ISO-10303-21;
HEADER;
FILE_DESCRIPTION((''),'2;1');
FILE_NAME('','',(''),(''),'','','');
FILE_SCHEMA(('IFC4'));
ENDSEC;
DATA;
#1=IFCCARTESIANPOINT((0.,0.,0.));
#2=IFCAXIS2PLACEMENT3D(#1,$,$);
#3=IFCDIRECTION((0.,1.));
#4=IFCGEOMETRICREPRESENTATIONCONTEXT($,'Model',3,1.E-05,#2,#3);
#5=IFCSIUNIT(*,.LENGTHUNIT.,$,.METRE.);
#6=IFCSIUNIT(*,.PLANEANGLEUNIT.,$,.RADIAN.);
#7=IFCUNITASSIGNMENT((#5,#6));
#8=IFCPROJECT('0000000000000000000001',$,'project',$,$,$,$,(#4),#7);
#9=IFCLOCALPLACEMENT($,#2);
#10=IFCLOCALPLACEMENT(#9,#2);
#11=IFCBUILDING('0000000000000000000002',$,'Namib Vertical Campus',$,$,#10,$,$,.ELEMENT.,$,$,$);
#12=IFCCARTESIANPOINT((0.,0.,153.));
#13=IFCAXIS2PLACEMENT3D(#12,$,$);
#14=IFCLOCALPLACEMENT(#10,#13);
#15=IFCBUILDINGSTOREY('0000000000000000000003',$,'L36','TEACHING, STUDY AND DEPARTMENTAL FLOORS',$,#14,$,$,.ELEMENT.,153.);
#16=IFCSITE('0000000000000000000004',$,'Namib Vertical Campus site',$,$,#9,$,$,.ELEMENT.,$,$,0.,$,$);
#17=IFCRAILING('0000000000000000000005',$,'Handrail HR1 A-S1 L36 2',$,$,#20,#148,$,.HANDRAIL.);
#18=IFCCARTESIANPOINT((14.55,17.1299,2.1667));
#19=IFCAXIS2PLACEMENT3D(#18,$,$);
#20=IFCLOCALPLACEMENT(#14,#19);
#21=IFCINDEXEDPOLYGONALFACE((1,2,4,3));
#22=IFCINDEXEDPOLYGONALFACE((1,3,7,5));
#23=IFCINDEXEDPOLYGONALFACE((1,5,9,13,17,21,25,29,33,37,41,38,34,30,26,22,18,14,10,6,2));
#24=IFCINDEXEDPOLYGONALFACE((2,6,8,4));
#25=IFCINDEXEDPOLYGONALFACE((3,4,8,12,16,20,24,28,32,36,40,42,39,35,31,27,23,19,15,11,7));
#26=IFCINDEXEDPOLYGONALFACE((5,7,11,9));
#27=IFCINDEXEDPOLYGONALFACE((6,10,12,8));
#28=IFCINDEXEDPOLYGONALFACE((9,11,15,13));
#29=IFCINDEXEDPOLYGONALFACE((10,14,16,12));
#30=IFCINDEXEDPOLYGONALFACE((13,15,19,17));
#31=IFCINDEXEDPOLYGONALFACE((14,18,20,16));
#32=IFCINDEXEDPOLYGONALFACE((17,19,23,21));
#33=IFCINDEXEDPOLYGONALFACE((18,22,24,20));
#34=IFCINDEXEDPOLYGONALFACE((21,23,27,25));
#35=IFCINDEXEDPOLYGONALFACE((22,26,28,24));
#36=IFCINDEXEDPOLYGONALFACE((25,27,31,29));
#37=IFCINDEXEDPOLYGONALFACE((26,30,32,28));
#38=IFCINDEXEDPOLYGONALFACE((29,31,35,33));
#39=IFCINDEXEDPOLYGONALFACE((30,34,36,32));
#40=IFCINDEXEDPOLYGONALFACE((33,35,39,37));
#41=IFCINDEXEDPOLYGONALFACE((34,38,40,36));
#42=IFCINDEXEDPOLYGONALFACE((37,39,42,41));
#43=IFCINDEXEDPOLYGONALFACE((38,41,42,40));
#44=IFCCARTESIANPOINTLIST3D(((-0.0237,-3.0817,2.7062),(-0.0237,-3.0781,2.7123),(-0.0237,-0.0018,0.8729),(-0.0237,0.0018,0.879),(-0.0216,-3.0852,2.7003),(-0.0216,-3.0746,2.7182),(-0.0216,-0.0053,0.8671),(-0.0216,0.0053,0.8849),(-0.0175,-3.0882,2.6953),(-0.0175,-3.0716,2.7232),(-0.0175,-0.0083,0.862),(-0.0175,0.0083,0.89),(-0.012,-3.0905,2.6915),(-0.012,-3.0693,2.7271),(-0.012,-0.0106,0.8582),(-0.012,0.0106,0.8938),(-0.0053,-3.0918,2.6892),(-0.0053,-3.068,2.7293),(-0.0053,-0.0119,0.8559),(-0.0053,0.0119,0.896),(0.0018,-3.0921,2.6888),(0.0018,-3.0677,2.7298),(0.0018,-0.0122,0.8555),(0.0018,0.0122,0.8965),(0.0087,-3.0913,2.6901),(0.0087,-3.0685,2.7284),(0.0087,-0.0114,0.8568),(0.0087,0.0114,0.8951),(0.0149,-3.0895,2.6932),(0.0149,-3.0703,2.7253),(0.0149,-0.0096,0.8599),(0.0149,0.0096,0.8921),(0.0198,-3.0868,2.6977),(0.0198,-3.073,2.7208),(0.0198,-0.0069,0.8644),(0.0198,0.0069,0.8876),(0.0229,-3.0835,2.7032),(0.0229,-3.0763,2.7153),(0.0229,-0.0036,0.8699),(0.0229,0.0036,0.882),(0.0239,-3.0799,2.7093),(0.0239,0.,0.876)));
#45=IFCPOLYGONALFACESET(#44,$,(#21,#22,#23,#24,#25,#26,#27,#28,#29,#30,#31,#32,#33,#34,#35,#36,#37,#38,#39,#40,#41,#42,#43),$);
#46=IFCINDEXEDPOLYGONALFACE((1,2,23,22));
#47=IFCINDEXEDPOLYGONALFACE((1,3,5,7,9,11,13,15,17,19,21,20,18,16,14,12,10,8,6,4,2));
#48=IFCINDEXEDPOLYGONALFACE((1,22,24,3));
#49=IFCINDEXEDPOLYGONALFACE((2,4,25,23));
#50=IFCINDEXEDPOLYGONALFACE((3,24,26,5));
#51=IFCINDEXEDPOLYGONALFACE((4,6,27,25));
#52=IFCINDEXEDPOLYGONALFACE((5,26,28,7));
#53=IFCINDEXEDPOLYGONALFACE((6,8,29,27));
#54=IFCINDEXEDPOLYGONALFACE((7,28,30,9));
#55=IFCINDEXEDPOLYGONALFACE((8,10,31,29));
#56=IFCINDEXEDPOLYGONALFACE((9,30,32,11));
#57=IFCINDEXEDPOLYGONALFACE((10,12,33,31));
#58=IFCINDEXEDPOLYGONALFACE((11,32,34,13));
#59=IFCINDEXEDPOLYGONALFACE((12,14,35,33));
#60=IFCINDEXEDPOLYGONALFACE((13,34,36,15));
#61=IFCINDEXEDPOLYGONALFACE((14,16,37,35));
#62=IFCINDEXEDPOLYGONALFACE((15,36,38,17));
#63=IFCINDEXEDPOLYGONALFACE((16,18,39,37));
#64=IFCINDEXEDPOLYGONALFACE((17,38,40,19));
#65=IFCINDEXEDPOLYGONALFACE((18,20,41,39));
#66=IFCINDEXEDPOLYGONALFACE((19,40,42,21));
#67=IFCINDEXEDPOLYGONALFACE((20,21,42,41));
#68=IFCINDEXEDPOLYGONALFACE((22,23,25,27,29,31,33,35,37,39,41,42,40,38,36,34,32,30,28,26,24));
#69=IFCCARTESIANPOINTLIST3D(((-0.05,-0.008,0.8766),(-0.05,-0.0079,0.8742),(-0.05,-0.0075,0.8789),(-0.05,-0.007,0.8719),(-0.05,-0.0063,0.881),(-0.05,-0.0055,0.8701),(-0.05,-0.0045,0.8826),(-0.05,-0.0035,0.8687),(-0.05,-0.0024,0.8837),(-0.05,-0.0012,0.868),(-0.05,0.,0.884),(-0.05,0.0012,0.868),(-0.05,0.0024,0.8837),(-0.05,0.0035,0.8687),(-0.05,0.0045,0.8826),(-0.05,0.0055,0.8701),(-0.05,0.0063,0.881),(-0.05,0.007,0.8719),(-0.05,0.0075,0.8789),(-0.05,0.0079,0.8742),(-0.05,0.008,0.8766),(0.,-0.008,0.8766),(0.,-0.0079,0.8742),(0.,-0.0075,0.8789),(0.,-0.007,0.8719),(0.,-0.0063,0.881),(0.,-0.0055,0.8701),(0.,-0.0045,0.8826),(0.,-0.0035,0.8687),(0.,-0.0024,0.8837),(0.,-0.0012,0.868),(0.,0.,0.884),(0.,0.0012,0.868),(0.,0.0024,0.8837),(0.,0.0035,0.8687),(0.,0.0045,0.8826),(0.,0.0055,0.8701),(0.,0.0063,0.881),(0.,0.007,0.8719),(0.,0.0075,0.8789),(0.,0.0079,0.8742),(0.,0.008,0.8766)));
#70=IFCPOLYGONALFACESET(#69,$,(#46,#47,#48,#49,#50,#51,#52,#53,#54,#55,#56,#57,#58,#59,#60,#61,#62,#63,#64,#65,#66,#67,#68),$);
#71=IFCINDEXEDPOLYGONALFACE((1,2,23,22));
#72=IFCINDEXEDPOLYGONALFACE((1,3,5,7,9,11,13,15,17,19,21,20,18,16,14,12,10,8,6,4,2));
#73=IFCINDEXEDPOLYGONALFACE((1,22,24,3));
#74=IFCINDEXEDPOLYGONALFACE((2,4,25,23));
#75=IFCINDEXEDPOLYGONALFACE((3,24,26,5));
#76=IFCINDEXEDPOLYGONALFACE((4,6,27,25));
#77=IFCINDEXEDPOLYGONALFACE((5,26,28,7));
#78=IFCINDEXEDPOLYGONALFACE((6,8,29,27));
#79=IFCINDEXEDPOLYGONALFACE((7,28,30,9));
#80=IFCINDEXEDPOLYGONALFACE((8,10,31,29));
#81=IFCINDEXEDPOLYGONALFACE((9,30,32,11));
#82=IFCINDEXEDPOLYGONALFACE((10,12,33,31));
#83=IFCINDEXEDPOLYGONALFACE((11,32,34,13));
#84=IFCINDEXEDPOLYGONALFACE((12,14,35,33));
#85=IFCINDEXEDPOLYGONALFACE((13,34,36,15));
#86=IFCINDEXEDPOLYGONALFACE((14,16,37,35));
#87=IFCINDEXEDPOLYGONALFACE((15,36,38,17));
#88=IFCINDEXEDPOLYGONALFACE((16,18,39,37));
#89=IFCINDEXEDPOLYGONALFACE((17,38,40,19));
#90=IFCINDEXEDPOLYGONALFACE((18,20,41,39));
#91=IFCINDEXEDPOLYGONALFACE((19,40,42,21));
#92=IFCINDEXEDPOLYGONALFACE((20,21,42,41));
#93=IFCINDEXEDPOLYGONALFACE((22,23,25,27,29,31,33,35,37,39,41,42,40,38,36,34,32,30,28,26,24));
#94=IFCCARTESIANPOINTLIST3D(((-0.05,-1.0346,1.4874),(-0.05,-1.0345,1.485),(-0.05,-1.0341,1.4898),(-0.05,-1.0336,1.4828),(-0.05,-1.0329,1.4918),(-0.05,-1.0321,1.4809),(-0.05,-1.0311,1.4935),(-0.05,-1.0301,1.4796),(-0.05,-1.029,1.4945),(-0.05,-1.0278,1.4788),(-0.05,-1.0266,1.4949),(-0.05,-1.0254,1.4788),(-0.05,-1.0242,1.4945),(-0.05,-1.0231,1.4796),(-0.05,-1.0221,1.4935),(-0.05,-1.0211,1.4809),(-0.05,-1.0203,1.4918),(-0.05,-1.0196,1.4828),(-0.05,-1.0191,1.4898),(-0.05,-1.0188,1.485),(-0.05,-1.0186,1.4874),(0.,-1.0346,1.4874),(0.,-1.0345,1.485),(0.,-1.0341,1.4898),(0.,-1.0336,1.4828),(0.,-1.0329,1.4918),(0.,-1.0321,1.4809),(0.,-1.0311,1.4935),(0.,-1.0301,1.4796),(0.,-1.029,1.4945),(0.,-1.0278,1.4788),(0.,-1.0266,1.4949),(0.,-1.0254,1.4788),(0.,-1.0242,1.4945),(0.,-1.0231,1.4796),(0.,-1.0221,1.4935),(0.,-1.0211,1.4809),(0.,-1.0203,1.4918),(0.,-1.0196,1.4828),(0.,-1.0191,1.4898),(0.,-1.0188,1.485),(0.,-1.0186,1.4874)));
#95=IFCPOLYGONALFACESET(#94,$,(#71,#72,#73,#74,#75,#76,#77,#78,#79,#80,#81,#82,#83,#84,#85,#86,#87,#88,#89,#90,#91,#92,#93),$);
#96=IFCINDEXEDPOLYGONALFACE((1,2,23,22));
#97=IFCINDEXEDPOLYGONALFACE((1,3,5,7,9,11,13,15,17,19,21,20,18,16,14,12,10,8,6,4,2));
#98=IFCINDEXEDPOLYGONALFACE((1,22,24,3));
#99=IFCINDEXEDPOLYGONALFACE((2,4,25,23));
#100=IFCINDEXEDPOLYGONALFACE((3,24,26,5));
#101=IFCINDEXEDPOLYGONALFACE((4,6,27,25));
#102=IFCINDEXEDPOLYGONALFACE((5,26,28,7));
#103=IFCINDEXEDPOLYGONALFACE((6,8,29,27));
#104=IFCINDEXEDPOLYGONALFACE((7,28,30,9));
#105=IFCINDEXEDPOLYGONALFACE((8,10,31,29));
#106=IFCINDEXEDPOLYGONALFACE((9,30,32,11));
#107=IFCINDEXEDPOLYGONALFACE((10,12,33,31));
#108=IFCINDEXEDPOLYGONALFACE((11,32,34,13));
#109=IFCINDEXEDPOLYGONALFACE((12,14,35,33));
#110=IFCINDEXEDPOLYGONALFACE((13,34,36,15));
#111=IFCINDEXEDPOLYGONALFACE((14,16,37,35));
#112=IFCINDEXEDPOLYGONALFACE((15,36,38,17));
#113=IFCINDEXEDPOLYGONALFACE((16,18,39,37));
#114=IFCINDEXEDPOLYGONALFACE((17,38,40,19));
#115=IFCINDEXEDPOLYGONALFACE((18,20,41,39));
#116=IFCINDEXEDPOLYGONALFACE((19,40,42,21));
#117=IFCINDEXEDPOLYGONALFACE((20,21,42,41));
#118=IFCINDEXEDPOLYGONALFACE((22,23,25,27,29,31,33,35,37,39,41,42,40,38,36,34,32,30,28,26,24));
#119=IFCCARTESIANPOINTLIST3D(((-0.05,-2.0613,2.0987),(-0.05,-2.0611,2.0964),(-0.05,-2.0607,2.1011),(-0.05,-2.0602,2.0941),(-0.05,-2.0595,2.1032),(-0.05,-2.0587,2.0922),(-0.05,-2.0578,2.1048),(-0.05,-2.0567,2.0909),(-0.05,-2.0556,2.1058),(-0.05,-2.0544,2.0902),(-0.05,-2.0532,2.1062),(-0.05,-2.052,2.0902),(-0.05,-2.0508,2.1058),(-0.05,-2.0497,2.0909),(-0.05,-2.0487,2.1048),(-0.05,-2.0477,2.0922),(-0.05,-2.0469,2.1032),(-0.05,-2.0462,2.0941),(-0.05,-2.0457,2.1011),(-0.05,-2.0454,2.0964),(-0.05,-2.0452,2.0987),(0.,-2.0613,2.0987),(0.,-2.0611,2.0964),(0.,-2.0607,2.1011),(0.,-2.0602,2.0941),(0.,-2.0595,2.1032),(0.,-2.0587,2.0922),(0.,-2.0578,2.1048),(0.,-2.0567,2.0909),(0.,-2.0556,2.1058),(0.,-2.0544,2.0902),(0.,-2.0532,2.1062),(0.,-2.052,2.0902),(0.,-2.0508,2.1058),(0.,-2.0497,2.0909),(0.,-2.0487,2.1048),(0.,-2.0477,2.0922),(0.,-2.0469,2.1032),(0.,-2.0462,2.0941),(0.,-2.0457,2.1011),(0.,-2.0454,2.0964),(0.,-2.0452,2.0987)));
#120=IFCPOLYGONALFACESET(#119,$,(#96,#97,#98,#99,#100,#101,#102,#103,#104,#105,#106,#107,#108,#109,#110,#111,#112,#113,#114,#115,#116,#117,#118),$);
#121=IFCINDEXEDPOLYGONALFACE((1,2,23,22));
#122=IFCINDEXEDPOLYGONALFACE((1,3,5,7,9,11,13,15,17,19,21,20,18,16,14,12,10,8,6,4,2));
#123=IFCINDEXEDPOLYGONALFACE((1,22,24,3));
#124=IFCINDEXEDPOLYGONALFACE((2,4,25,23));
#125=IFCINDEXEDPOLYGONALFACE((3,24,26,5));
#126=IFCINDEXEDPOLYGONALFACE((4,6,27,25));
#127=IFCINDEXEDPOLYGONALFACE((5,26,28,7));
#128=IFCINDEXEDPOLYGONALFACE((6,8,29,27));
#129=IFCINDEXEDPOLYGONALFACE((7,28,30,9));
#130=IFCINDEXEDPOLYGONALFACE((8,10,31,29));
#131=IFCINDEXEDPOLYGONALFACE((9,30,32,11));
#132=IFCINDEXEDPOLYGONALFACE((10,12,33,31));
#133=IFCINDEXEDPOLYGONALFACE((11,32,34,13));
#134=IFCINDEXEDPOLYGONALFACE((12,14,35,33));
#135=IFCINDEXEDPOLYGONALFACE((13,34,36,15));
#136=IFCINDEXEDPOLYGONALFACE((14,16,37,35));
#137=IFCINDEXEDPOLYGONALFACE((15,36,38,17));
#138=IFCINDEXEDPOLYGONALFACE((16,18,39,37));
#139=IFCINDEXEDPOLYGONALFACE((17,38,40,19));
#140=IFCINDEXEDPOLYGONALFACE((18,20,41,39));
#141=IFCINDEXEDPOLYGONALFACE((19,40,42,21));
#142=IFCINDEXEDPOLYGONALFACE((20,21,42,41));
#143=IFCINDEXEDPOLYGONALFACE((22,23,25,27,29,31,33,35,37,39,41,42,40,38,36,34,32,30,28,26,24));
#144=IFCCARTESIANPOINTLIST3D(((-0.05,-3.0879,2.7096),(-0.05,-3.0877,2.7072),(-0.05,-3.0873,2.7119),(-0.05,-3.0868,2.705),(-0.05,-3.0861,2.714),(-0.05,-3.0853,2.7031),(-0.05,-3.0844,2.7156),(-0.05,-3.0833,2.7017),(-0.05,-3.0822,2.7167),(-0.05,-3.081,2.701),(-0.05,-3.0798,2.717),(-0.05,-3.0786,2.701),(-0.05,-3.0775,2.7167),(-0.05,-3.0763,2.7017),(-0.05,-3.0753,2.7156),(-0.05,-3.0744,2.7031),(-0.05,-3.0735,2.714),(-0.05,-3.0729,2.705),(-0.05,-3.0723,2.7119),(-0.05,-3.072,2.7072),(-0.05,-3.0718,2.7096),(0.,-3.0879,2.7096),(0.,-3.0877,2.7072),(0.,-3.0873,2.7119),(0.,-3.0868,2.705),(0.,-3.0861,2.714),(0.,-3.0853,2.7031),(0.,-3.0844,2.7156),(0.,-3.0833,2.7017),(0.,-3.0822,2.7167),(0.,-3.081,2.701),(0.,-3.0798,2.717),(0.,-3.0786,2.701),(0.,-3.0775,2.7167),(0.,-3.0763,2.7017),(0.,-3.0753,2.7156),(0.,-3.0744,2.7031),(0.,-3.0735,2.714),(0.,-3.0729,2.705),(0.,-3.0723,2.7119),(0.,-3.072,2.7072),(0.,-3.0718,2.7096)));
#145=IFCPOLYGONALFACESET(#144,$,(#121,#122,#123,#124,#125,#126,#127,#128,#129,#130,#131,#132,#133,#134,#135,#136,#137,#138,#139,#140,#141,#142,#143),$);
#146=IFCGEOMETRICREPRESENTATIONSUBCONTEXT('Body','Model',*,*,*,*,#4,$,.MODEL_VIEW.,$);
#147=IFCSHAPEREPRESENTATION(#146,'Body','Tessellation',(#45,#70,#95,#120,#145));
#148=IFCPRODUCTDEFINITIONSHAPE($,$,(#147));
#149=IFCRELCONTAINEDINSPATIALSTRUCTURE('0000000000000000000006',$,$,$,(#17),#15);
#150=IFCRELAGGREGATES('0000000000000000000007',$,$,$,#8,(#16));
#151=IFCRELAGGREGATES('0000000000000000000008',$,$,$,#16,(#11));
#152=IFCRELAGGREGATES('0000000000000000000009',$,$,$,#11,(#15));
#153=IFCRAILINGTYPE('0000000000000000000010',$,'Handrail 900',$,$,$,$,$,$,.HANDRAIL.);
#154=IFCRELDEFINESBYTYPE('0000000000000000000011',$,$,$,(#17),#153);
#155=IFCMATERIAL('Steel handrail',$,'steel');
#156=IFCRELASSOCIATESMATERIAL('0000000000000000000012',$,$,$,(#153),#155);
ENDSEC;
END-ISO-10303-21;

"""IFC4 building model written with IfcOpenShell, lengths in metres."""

from ifc_helpers import new_model, si_unit, direction, frame, origin, origin_2d, place, context, subcontext, project, spatial, circle, extrude, material, type_object, element, save


model = new_model("IFC4")

# Units and contexts
model_context = context("Model", 3, precision=1e-05, world=origin(), true_north=direction((0.0, 1.0)))
body_context = subcontext(model_context, "Body", "Model", "MODEL_VIEW")
ifc_project = project(units=[si_unit("LENGTHUNIT", "METRE"), si_unit("PLANEANGLEUNIT", "RADIAN")], contexts=[model_context])

# Site, building, storey
site_placement = place(None, origin())
site = spatial("IfcSite", under=ifc_project, at=site_placement, Name="Namib Vertical Campus site", CompositionType="ELEMENT", RefElevation=0.0)
building_placement = place(site_placement, origin())
building = spatial("IfcBuilding", under=site, at=building_placement, Name="Namib Vertical Campus", CompositionType="ELEMENT")
storey_placement = place(building_placement, frame((0.0, 0.0, 153.0)))
storey = spatial("IfcBuildingStorey", under=building, at=storey_placement, Name="L36", Description="TEACHING, STUDY AND DEPARTMENTAL FLOORS", CompositionType="ELEMENT", Elevation=153.0)

# Railing
ifc_material_1 = material(Name="Steel handrail", Category="steel")
railing_type_1 = type_object("IfcRailingType", Name="Handrail 900", PredefinedType="HANDRAIL", material=ifc_material_1)
railing_1_placement = place(storey_placement, frame((14.55, 17.1299, 2.1667)))
element("IfcRailing", 1, at=railing_1_placement, inside=storey, type_object=railing_type_1, Name="Handrail HR1 A-S1 L36 2", PredefinedType="HANDRAIL", context=body_context, shape_type="SweptSolid", body=[
    extrude(circle(Radius=0.0239, at=origin_2d()), frame((0.0, 0.0, 0.876), z_axis=(0.0, -0.859291, 0.511487), x_axis=(1.0, 0.0, 0.0)), (0.0, 0.0, 1.0), 3.5842),
    extrude(circle(Radius=0.0081, at=origin_2d()), frame((0.0, 0.0, 0.876), z_axis=(-1.0, 0.0, 0.0), x_axis=(0.0, 0.0, 1.0)), (0.0, 0.0, 1.0), 0.05),
    extrude(circle(Radius=0.0081, at=origin_2d()), frame((0.0, -1.0266, 1.4868), z_axis=(-1.0, 0.0, 0.0), x_axis=(0.0, 0.0, 1.0)), (0.0, 0.0, 1.0), 0.05),
    extrude(circle(Radius=0.0081, at=origin_2d()), frame((0.0, -2.0532, 2.0981), z_axis=(-1.0, 0.0, 0.0), x_axis=(0.0, 0.0, 1.0)), (0.0, 0.0, 1.0), 0.05),
    extrude(circle(Radius=0.0081, at=origin_2d()), frame((0.0, -3.0798, 2.709), z_axis=(-1.0, 0.0, 0.0), x_axis=(0.0, 0.0, 1.0)), (0.0, 0.0, 1.0), 0.05),
])

save(model, "model.ifc")
